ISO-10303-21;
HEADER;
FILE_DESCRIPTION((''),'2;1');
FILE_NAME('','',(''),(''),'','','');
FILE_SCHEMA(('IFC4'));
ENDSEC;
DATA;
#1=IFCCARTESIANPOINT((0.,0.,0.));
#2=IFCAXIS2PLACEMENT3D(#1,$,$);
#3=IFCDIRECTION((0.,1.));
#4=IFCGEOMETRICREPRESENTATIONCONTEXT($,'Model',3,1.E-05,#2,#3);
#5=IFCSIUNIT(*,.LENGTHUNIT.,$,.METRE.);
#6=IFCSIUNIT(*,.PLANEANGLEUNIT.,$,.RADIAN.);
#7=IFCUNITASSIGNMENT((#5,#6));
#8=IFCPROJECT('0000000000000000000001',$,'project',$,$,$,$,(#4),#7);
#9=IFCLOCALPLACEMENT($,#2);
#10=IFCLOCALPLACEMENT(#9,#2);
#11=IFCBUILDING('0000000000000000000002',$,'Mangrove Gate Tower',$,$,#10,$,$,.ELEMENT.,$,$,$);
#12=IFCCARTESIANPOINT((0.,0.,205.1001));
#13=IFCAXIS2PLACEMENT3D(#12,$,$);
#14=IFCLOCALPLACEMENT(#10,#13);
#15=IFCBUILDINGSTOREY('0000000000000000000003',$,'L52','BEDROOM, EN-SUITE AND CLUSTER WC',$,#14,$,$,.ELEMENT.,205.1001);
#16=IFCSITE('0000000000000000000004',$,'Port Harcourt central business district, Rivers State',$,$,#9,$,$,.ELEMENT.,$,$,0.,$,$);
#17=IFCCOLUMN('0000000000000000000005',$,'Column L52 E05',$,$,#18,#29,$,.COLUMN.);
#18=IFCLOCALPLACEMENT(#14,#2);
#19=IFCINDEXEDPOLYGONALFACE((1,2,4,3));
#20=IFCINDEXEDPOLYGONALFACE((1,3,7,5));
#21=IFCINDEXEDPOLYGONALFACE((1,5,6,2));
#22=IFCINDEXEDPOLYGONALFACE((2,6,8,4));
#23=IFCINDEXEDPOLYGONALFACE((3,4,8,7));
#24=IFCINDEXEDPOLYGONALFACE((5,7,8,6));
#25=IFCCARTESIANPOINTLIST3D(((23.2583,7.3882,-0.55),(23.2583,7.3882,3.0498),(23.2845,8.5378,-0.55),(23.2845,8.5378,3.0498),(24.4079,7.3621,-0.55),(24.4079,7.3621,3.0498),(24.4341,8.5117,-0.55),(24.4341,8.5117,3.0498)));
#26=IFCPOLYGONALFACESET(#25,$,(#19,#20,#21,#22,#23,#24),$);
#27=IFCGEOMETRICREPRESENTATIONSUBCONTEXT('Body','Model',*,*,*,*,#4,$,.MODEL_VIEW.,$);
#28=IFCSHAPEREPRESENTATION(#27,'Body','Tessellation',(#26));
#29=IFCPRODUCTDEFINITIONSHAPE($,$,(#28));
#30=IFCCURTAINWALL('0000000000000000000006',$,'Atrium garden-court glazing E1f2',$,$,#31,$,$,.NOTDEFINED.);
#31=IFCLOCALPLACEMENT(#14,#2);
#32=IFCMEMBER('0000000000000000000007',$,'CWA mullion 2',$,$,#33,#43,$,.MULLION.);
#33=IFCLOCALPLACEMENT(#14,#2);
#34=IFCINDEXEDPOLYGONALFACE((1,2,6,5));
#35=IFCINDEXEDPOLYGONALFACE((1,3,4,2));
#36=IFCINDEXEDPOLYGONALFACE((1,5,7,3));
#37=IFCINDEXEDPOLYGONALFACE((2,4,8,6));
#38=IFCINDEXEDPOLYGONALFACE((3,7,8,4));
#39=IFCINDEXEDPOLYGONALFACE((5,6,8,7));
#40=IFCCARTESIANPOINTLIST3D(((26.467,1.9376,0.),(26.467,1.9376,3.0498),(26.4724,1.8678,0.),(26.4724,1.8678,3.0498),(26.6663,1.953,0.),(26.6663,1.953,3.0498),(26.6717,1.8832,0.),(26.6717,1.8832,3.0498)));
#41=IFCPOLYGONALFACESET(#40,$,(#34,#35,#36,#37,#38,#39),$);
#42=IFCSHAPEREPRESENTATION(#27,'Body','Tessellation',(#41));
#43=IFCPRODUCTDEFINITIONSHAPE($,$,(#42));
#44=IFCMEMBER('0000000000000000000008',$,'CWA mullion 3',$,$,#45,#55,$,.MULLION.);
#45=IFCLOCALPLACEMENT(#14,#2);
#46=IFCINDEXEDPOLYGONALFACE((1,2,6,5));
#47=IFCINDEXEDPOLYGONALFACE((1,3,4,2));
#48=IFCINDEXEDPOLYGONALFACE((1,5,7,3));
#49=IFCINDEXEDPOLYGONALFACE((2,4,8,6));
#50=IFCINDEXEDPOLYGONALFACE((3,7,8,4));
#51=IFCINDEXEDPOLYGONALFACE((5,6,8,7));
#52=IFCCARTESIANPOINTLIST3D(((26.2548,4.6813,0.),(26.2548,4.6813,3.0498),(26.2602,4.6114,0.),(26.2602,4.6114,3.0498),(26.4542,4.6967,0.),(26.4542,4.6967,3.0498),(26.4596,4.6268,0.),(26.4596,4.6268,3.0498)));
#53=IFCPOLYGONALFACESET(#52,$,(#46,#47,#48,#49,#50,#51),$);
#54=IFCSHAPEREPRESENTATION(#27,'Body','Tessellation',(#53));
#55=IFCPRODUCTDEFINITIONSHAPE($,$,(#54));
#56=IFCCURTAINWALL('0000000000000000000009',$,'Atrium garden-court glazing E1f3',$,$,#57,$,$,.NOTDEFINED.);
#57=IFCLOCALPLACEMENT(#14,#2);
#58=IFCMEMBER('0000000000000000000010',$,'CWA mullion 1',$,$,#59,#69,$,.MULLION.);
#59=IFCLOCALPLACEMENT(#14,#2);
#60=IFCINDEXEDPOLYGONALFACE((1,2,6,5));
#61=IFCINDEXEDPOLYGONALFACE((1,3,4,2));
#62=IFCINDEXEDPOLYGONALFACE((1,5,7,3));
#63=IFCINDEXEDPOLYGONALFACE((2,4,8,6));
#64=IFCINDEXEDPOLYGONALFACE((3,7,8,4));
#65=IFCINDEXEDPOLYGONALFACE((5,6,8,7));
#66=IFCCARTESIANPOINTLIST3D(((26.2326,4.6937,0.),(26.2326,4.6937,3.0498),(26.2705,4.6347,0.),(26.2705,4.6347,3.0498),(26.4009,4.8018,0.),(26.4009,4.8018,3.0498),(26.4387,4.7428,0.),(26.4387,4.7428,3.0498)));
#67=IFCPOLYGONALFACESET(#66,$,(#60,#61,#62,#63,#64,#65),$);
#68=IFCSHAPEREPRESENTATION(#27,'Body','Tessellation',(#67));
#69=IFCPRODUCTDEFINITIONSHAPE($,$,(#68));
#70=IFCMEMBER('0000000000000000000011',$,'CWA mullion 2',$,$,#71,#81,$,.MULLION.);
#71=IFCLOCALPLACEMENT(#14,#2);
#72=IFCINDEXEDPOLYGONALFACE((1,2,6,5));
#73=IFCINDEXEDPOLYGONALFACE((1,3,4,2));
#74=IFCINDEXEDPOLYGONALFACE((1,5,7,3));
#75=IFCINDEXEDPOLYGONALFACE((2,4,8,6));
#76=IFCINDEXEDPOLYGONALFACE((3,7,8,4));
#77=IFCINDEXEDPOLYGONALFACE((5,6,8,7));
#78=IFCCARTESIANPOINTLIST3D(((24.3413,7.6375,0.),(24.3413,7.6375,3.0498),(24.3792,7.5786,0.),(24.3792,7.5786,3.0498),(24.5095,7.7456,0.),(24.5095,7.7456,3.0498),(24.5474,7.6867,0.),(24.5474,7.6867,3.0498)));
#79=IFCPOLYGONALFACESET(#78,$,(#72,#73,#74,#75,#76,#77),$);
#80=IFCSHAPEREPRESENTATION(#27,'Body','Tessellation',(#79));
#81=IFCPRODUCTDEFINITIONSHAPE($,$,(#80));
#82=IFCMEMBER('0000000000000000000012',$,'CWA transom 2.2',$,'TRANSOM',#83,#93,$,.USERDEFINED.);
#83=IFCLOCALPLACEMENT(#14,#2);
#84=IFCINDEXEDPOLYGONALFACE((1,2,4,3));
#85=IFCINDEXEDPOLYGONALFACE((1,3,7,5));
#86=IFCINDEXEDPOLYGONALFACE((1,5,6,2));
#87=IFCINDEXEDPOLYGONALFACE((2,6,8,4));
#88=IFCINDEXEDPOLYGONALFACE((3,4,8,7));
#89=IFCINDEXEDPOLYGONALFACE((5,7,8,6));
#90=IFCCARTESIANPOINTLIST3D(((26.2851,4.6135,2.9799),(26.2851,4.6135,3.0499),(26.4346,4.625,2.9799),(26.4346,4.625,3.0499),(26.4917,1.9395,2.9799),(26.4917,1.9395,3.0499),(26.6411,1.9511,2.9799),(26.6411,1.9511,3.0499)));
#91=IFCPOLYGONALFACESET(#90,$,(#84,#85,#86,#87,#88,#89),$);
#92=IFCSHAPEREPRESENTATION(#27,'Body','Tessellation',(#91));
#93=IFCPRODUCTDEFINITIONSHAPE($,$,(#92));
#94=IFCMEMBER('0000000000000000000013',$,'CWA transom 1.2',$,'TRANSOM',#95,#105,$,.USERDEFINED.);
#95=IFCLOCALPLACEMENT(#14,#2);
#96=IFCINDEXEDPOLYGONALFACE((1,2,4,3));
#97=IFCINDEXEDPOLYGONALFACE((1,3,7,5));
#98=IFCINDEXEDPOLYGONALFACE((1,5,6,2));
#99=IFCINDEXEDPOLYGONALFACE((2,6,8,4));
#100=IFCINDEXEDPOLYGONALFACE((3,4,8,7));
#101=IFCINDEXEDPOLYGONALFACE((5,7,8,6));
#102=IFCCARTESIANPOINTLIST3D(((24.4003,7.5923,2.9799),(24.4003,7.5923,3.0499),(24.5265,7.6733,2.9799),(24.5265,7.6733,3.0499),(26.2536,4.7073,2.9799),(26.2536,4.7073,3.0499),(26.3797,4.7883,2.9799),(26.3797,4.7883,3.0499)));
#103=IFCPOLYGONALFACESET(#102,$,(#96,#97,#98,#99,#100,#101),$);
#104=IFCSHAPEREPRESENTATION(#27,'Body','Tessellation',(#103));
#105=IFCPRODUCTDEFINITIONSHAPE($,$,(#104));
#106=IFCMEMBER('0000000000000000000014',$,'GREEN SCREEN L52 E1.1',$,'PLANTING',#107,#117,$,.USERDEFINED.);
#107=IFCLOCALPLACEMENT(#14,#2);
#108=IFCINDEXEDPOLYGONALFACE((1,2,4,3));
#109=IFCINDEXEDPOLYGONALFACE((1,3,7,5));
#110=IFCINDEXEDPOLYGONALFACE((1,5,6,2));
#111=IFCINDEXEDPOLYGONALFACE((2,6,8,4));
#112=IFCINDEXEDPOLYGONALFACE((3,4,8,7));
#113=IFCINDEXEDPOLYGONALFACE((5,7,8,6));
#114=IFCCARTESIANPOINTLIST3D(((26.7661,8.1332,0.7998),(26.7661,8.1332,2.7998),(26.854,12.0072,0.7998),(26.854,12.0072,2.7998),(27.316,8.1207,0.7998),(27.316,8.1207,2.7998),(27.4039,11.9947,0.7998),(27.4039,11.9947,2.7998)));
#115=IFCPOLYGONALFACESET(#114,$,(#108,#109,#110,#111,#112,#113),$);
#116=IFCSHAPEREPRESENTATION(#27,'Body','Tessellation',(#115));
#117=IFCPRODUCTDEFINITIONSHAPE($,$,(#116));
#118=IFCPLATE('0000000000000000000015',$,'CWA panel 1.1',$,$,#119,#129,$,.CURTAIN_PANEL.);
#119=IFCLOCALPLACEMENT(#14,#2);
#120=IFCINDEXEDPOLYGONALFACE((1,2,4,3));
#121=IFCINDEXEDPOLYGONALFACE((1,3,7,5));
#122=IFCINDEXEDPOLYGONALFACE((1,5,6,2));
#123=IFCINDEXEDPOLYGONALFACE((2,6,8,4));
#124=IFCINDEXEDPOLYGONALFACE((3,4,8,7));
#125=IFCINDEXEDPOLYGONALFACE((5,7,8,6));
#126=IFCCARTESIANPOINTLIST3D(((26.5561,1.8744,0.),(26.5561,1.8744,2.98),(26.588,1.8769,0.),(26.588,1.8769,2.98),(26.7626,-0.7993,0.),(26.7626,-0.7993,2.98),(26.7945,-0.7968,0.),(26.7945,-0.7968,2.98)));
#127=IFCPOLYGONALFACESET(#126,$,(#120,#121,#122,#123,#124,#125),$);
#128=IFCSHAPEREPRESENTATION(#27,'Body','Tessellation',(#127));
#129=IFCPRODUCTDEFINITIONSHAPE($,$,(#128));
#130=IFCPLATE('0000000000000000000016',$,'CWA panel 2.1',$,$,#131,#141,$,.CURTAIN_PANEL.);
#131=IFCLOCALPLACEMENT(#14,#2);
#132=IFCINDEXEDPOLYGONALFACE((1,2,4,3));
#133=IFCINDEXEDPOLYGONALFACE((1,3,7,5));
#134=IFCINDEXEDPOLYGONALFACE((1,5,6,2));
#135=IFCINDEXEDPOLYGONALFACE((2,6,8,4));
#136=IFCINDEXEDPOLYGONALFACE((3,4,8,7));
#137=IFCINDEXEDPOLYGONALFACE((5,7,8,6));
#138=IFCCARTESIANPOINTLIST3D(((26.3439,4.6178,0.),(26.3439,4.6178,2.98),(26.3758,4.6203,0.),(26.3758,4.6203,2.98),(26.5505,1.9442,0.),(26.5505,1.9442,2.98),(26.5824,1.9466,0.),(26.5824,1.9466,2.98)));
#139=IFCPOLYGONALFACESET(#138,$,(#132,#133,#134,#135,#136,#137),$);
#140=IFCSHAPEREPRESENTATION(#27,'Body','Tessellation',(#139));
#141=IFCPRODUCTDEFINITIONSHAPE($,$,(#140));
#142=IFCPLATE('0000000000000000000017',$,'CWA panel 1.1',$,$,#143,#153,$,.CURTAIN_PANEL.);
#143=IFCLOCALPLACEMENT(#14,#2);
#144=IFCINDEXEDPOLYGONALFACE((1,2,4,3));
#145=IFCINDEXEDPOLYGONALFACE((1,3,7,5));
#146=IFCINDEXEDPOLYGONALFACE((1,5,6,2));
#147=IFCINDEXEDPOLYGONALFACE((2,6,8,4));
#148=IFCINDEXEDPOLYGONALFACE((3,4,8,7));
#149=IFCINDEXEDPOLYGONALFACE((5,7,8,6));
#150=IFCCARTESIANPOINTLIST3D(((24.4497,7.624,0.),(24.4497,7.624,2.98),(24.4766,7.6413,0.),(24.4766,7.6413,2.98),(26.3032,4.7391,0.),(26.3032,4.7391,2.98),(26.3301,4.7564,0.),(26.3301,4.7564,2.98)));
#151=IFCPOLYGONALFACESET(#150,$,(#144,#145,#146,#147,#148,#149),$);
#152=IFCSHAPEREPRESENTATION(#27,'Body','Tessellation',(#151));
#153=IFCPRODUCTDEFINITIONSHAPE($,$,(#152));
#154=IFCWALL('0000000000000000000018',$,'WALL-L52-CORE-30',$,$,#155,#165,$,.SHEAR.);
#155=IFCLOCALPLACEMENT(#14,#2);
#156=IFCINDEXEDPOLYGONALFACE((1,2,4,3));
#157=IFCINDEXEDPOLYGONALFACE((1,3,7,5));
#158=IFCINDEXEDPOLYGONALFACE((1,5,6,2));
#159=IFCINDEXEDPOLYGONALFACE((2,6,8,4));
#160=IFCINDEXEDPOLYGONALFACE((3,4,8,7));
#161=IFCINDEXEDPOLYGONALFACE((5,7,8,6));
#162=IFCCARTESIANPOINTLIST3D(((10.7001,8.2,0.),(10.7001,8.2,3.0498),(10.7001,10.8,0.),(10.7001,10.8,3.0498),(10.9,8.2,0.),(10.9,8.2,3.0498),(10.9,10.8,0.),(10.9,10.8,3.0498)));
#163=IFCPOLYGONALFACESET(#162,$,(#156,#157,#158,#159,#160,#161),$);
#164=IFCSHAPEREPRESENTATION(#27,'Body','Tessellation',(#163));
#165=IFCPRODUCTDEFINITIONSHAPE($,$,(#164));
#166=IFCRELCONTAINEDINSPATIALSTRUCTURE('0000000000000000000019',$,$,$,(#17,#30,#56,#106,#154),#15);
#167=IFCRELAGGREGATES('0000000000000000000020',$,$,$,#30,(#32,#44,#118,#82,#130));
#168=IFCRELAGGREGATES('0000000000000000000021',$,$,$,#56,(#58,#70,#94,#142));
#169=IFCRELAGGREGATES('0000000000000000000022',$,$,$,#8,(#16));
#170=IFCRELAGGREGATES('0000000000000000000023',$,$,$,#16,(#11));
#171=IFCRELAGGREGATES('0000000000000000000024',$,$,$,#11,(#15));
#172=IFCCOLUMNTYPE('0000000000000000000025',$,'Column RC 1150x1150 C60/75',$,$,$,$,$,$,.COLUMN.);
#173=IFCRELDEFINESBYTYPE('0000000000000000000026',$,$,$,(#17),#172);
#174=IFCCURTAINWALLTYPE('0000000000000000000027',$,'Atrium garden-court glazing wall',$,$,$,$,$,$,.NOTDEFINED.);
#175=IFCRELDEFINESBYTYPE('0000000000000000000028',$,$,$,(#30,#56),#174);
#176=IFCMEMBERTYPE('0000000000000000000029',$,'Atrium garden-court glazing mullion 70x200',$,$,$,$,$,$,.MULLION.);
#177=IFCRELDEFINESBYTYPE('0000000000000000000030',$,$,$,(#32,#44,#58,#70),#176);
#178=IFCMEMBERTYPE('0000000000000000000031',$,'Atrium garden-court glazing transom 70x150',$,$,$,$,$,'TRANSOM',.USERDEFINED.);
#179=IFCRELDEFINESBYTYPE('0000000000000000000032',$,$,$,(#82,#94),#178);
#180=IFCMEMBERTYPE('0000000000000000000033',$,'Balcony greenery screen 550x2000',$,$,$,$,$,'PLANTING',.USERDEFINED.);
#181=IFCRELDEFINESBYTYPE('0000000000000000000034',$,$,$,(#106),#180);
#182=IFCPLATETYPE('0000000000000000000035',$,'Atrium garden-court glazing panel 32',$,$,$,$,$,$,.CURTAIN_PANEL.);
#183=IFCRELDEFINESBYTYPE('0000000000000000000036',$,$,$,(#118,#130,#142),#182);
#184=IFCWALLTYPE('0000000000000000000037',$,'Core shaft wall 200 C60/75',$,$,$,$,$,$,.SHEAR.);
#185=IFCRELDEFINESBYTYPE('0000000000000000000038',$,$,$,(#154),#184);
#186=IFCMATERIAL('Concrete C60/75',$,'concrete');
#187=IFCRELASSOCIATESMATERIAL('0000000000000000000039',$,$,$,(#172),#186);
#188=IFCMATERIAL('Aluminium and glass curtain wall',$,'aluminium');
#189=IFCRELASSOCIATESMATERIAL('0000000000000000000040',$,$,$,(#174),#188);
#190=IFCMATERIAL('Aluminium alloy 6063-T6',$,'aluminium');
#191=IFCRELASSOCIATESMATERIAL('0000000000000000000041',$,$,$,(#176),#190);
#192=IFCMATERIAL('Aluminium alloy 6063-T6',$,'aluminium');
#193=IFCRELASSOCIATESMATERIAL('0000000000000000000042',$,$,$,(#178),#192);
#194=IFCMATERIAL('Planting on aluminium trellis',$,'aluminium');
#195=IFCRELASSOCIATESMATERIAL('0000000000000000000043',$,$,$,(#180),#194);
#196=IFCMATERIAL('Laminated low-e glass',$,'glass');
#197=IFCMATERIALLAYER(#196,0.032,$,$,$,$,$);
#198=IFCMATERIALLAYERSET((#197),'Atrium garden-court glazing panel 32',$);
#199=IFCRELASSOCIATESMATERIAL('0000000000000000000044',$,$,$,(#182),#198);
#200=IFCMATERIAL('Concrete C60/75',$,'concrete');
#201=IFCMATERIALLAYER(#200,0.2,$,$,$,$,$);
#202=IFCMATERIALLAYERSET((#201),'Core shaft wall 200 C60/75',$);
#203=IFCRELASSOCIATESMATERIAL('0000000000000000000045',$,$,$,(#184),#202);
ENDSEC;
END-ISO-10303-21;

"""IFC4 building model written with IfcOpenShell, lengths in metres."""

from ifc_helpers import new_model, si_unit, direction, frame, frame_2d, origin, origin_2d, place, context, subcontext, project, spatial, rectangle, extrude, material, layer, layer_set, material_profile, profile_set, type_object, element, aggregate, save


model = new_model("IFC4")

# Units and contexts
model_context = context("Model", 3, precision=1e-05, world=origin(), true_north=direction((0.0, 1.0)))
body_context = subcontext(model_context, "Body", "Model", "MODEL_VIEW")
ifc_project = project(units=[si_unit("LENGTHUNIT", "METRE"), si_unit("PLANEANGLEUNIT", "RADIAN")], contexts=[model_context])

# Site, building, storey
site_placement = place(None, origin())
site = spatial("IfcSite", under=ifc_project, at=site_placement, Name="Port Harcourt central business district, Rivers State", CompositionType="ELEMENT", RefElevation=0.0)
building_placement = place(site_placement, origin())
building = spatial("IfcBuilding", under=site, at=building_placement, Name="Mangrove Gate Tower", CompositionType="ELEMENT")
storey_placement = place(building_placement, frame((0.0, 0.0, 205.1001)))
storey = spatial("IfcBuildingStorey", under=building, at=storey_placement, Name="L52", Description="BEDROOM, EN-SUITE AND CLUSTER WC", CompositionType="ELEMENT", Elevation=205.1001)

# Column
ifc_material_1 = material(Name="Concrete C60/75", Category="concrete")
ifc_material_profile_1 = material_profile(ifc_material_1, rectangle(XDim=1.1499, YDim=1.1499, at=origin_2d()))
ifc_profile_set_1 = profile_set([ifc_material_profile_1], Name="Concrete C60/75")
column_type = type_object("IfcColumnType", Name="Column RC 1150x1150 C60/75", PredefinedType="COLUMN", material=ifc_profile_set_1)
column_placement = place(storey_placement, frame((23.8462, 7.95, -0.55), z_axis=(0.0, 0.0, 1.0), x_axis=(0.022719, 0.999742, 0.0)))
element("IfcColumn", 1, at=column_placement, inside=storey, type_object=column_type, Name="Column L52 E05", PredefinedType="COLUMN", context=body_context, shape_type="SweptSolid", body=[
    extrude(rectangle(XDim=1.1499, YDim=1.1499, at=origin_2d()), origin(), (0.0, 0.0, 1.0), 3.5999),
])

# Curtain walls, members
ifc_material_2 = material(Name="Aluminium and glass curtain wall", Category="aluminium")
curtain_wall_type = type_object("IfcCurtainWallType", Name="Atrium garden-court glazing wall", PredefinedType="NOTDEFINED", material=ifc_material_2)
curtain_wall_1_placement = place(storey_placement, origin())
curtain_wall_1 = element("IfcCurtainWall", 2, at=curtain_wall_1_placement, inside=storey, type_object=curtain_wall_type, Name="Atrium garden-court glazing E1f2", PredefinedType="NOTDEFINED")
ifc_material_3 = material(Name="Aluminium alloy 6063-T6", Category="aluminium")
ifc_material_profile_2 = material_profile(ifc_material_3, rectangle(XDim=0.0701, YDim=0.2, at=origin_2d()))
ifc_profile_set_2 = profile_set([ifc_material_profile_2], Name="Aluminium alloy 6063-T6")
member_type_1 = type_object("IfcMemberType", Name="Atrium garden-court glazing mullion 70x200", PredefinedType="MULLION", material=ifc_profile_set_2)
member_1_placement = place(storey_placement, frame((26.5693, 1.9104, 0.0), z_axis=(0.0, 0.0, 1.0), x_axis=(-0.077023, 0.997029, 0.0)))
member_1 = element("IfcMember", 3, at=member_1_placement, type_object=member_type_1, Name="CWA mullion 2", PredefinedType="MULLION", context=body_context, shape_type="SweptSolid", body=[
    extrude(rectangle(XDim=0.0701, YDim=0.2, at=origin_2d()), origin(), (0.0, 0.0, 1.0), 3.0498),
])
member_2_placement = place(storey_placement, frame((26.3572, 4.6541, 0.0), z_axis=(0.0, 0.0, 1.0), x_axis=(-0.077023, 0.997029, 0.0)))
member_2 = element("IfcMember", 4, at=member_2_placement, type_object=member_type_1, Name="CWA mullion 3", PredefinedType="MULLION", context=body_context, shape_type="SweptSolid", body=[
    extrude(rectangle(XDim=0.0701, YDim=0.2, at=origin_2d()), origin(), (0.0, 0.0, 1.0), 3.0498),
])
curtain_wall_2_placement = place(storey_placement, origin())
curtain_wall_2 = element("IfcCurtainWall", 5, at=curtain_wall_2_placement, inside=storey, type_object=curtain_wall_type, Name="Atrium garden-court glazing E1f3", PredefinedType="NOTDEFINED")
member_3_placement = place(storey_placement, frame((26.3357, 4.7183, 0.0), z_axis=(0.0, 0.0, 1.0), x_axis=(-0.540523, 0.841329, 0.0)))
member_3 = element("IfcMember", 6, at=member_3_placement, type_object=member_type_1, Name="CWA mullion 1", PredefinedType="MULLION", context=body_context, shape_type="SweptSolid", body=[
    extrude(rectangle(XDim=0.0701, YDim=0.2, at=origin_2d()), origin(), (0.0, 0.0, 1.0), 3.0498),
])
member_4_placement = place(storey_placement, frame((24.4443, 7.6621, 0.0), z_axis=(0.0, 0.0, 1.0), x_axis=(-0.540523, 0.841329, 0.0)))
member_4 = element("IfcMember", 7, at=member_4_placement, type_object=member_type_1, Name="CWA mullion 2", PredefinedType="MULLION", context=body_context, shape_type="SweptSolid", body=[
    extrude(rectangle(XDim=0.0701, YDim=0.2, at=origin_2d()), origin(), (0.0, 0.0, 1.0), 3.0498),
])

# Members
ifc_material_4 = material(Name="Aluminium alloy 6063-T6", Category="aluminium")
ifc_material_profile_3 = material_profile(ifc_material_4, rectangle(XDim=0.0701, YDim=0.1499, at=origin_2d()))
ifc_profile_set_3 = profile_set([ifc_material_profile_3], Name="Aluminium alloy 6063-T6")
member_type_2 = type_object("IfcMemberType", Name="Atrium garden-court glazing transom 70x150", ElementType="TRANSOM", PredefinedType="USERDEFINED", material=ifc_profile_set_3)
member_5_placement = place(storey_placement, frame((26.5664, 1.9453, 3.0149), z_axis=(-0.077017, 0.99703, 0.0), x_axis=(0.0, 0.0, 1.0)))
member_5 = element("IfcMember", 8, at=member_5_placement, type_object=member_type_2, Name="CWA transom 2.2", ObjectType="TRANSOM", PredefinedType="USERDEFINED", context=body_context, shape_type="SweptSolid", body=[
    extrude(rectangle(XDim=0.0701, YDim=0.1499, at=origin_2d()), origin(), (0.0, 0.0, 1.0), 2.6819),
])
member_6_placement = place(storey_placement, frame((26.3167, 4.7478, 3.0149), z_axis=(-0.540473, 0.841361, 0.0), x_axis=(0.0, 0.0, 1.0)))
member_6 = element("IfcMember", 9, at=member_6_placement, type_object=member_type_2, Name="CWA transom 1.2", ObjectType="TRANSOM", PredefinedType="USERDEFINED", context=body_context, shape_type="SweptSolid", body=[
    extrude(rectangle(XDim=0.0701, YDim=0.1499, at=origin_2d()), origin(), (0.0, 0.0, 1.0), 3.429),
])
ifc_material_5 = material(Name="Planting on aluminium trellis", Category="aluminium")
ifc_material_profile_4 = material_profile(ifc_material_5, rectangle(XDim=0.55, YDim=2.0, at=origin_2d()))
ifc_profile_set_4 = profile_set([ifc_material_profile_4], Name="Planting on aluminium trellis")
member_type_3 = type_object("IfcMemberType", Name="Balcony greenery screen 550x2000", ElementType="PLANTING", PredefinedType="USERDEFINED", material=ifc_profile_set_4)
member_7_placement = place(storey_placement, frame((27.041, 8.127, 1.7998), z_axis=(0.022681, 0.999743, 0.0), x_axis=(-0.999743, 0.022681, 0.0)))
element("IfcMember", 10, at=member_7_placement, inside=storey, type_object=member_type_3, Name="GREEN SCREEN L52 E1.1", ObjectType="PLANTING", PredefinedType="USERDEFINED", context=body_context, shape_type="SweptSolid", body=[
    extrude(rectangle(XDim=0.55, YDim=2.0, at=origin_2d()), origin(), (0.0, 0.0, 1.0), 3.875),
])

# Plates
ifc_material_6 = material(Name="Laminated low-e glass", Category="glass")
ifc_layer_1 = layer(ifc_material_6, 0.032)
ifc_layer_set_1 = layer_set([ifc_layer_1], Name="Atrium garden-court glazing panel 32")
plate_type = type_object("IfcPlateType", Name="Atrium garden-court glazing panel 32", PredefinedType="CURTAIN_PANEL", material=ifc_layer_set_1)
plate_1_placement = place(storey_placement, frame((26.6753, 0.5388, 0.0), z_axis=(0.0, 0.0, 1.0), x_axis=(-0.077023, 0.997029, 0.0)))
plate_1 = element("IfcPlate", 11, at=plate_1_placement, type_object=plate_type, Name="CWA panel 1.1", PredefinedType="CURTAIN_PANEL", context=body_context, shape_type="SweptSolid", body=[
    extrude(rectangle(XDim=2.6816, YDim=0.032, at=origin_2d()), origin(), (0.0, 0.0, 1.0), 2.98),
])
plate_2_placement = place(storey_placement, frame((26.4631, 3.2822, 0.0), z_axis=(0.0, 0.0, 1.0), x_axis=(-0.077023, 0.997029, 0.0)))
plate_2 = element("IfcPlate", 12, at=plate_2_placement, type_object=plate_type, Name="CWA panel 2.1", PredefinedType="CURTAIN_PANEL", context=body_context, shape_type="SweptSolid", body=[
    extrude(rectangle(XDim=2.6816, YDim=0.032, at=origin_2d()), origin(), (0.0, 0.0, 1.0), 2.98),
])
aggregate(curtain_wall_1, [member_1, member_2, plate_1, member_5, plate_2])
plate_3_placement = place(storey_placement, frame((25.3899, 6.1902, 0.0), z_axis=(0.0, 0.0, 1.0), x_axis=(-0.540523, 0.841329, 0.0)))
plate_3 = element("IfcPlate", 13, at=plate_3_placement, type_object=plate_type, Name="CWA panel 1.1", PredefinedType="CURTAIN_PANEL", context=body_context, shape_type="SweptSolid", body=[
    extrude(rectangle(XDim=3.429, YDim=0.032, at=origin_2d()), origin(), (0.0, 0.0, 1.0), 2.98),
])
aggregate(curtain_wall_2, [member_3, member_4, member_6, plate_3])

# Wall
ifc_material_7 = material(Name="Concrete C60/75", Category="concrete")
ifc_layer_2 = layer(ifc_material_7, 0.2)
ifc_layer_set_2 = layer_set([ifc_layer_2], Name="Core shaft wall 200 C60/75")
wall_type_1 = type_object("IfcWallType", Name="Core shaft wall 200 C60/75", PredefinedType="SHEAR", material=ifc_layer_set_2)
wall_1_placement = place(storey_placement, frame((10.8, 8.2, 0.0), z_axis=(0.0, 0.0, 1.0), x_axis=(0.0, 1.0, 0.0)))
element("IfcWall", 14, at=wall_1_placement, inside=storey, type_object=wall_type_1, Name="WALL-L52-CORE-30", PredefinedType="SHEAR", context=body_context, shape_type="SweptSolid", body=[
    extrude(rectangle(XDim=2.6001, YDim=0.2, at=frame_2d((1.3, 0.0))), origin(), (0.0, 0.0, 1.0), 3.0498),
])

save(model, "model.ifc")
